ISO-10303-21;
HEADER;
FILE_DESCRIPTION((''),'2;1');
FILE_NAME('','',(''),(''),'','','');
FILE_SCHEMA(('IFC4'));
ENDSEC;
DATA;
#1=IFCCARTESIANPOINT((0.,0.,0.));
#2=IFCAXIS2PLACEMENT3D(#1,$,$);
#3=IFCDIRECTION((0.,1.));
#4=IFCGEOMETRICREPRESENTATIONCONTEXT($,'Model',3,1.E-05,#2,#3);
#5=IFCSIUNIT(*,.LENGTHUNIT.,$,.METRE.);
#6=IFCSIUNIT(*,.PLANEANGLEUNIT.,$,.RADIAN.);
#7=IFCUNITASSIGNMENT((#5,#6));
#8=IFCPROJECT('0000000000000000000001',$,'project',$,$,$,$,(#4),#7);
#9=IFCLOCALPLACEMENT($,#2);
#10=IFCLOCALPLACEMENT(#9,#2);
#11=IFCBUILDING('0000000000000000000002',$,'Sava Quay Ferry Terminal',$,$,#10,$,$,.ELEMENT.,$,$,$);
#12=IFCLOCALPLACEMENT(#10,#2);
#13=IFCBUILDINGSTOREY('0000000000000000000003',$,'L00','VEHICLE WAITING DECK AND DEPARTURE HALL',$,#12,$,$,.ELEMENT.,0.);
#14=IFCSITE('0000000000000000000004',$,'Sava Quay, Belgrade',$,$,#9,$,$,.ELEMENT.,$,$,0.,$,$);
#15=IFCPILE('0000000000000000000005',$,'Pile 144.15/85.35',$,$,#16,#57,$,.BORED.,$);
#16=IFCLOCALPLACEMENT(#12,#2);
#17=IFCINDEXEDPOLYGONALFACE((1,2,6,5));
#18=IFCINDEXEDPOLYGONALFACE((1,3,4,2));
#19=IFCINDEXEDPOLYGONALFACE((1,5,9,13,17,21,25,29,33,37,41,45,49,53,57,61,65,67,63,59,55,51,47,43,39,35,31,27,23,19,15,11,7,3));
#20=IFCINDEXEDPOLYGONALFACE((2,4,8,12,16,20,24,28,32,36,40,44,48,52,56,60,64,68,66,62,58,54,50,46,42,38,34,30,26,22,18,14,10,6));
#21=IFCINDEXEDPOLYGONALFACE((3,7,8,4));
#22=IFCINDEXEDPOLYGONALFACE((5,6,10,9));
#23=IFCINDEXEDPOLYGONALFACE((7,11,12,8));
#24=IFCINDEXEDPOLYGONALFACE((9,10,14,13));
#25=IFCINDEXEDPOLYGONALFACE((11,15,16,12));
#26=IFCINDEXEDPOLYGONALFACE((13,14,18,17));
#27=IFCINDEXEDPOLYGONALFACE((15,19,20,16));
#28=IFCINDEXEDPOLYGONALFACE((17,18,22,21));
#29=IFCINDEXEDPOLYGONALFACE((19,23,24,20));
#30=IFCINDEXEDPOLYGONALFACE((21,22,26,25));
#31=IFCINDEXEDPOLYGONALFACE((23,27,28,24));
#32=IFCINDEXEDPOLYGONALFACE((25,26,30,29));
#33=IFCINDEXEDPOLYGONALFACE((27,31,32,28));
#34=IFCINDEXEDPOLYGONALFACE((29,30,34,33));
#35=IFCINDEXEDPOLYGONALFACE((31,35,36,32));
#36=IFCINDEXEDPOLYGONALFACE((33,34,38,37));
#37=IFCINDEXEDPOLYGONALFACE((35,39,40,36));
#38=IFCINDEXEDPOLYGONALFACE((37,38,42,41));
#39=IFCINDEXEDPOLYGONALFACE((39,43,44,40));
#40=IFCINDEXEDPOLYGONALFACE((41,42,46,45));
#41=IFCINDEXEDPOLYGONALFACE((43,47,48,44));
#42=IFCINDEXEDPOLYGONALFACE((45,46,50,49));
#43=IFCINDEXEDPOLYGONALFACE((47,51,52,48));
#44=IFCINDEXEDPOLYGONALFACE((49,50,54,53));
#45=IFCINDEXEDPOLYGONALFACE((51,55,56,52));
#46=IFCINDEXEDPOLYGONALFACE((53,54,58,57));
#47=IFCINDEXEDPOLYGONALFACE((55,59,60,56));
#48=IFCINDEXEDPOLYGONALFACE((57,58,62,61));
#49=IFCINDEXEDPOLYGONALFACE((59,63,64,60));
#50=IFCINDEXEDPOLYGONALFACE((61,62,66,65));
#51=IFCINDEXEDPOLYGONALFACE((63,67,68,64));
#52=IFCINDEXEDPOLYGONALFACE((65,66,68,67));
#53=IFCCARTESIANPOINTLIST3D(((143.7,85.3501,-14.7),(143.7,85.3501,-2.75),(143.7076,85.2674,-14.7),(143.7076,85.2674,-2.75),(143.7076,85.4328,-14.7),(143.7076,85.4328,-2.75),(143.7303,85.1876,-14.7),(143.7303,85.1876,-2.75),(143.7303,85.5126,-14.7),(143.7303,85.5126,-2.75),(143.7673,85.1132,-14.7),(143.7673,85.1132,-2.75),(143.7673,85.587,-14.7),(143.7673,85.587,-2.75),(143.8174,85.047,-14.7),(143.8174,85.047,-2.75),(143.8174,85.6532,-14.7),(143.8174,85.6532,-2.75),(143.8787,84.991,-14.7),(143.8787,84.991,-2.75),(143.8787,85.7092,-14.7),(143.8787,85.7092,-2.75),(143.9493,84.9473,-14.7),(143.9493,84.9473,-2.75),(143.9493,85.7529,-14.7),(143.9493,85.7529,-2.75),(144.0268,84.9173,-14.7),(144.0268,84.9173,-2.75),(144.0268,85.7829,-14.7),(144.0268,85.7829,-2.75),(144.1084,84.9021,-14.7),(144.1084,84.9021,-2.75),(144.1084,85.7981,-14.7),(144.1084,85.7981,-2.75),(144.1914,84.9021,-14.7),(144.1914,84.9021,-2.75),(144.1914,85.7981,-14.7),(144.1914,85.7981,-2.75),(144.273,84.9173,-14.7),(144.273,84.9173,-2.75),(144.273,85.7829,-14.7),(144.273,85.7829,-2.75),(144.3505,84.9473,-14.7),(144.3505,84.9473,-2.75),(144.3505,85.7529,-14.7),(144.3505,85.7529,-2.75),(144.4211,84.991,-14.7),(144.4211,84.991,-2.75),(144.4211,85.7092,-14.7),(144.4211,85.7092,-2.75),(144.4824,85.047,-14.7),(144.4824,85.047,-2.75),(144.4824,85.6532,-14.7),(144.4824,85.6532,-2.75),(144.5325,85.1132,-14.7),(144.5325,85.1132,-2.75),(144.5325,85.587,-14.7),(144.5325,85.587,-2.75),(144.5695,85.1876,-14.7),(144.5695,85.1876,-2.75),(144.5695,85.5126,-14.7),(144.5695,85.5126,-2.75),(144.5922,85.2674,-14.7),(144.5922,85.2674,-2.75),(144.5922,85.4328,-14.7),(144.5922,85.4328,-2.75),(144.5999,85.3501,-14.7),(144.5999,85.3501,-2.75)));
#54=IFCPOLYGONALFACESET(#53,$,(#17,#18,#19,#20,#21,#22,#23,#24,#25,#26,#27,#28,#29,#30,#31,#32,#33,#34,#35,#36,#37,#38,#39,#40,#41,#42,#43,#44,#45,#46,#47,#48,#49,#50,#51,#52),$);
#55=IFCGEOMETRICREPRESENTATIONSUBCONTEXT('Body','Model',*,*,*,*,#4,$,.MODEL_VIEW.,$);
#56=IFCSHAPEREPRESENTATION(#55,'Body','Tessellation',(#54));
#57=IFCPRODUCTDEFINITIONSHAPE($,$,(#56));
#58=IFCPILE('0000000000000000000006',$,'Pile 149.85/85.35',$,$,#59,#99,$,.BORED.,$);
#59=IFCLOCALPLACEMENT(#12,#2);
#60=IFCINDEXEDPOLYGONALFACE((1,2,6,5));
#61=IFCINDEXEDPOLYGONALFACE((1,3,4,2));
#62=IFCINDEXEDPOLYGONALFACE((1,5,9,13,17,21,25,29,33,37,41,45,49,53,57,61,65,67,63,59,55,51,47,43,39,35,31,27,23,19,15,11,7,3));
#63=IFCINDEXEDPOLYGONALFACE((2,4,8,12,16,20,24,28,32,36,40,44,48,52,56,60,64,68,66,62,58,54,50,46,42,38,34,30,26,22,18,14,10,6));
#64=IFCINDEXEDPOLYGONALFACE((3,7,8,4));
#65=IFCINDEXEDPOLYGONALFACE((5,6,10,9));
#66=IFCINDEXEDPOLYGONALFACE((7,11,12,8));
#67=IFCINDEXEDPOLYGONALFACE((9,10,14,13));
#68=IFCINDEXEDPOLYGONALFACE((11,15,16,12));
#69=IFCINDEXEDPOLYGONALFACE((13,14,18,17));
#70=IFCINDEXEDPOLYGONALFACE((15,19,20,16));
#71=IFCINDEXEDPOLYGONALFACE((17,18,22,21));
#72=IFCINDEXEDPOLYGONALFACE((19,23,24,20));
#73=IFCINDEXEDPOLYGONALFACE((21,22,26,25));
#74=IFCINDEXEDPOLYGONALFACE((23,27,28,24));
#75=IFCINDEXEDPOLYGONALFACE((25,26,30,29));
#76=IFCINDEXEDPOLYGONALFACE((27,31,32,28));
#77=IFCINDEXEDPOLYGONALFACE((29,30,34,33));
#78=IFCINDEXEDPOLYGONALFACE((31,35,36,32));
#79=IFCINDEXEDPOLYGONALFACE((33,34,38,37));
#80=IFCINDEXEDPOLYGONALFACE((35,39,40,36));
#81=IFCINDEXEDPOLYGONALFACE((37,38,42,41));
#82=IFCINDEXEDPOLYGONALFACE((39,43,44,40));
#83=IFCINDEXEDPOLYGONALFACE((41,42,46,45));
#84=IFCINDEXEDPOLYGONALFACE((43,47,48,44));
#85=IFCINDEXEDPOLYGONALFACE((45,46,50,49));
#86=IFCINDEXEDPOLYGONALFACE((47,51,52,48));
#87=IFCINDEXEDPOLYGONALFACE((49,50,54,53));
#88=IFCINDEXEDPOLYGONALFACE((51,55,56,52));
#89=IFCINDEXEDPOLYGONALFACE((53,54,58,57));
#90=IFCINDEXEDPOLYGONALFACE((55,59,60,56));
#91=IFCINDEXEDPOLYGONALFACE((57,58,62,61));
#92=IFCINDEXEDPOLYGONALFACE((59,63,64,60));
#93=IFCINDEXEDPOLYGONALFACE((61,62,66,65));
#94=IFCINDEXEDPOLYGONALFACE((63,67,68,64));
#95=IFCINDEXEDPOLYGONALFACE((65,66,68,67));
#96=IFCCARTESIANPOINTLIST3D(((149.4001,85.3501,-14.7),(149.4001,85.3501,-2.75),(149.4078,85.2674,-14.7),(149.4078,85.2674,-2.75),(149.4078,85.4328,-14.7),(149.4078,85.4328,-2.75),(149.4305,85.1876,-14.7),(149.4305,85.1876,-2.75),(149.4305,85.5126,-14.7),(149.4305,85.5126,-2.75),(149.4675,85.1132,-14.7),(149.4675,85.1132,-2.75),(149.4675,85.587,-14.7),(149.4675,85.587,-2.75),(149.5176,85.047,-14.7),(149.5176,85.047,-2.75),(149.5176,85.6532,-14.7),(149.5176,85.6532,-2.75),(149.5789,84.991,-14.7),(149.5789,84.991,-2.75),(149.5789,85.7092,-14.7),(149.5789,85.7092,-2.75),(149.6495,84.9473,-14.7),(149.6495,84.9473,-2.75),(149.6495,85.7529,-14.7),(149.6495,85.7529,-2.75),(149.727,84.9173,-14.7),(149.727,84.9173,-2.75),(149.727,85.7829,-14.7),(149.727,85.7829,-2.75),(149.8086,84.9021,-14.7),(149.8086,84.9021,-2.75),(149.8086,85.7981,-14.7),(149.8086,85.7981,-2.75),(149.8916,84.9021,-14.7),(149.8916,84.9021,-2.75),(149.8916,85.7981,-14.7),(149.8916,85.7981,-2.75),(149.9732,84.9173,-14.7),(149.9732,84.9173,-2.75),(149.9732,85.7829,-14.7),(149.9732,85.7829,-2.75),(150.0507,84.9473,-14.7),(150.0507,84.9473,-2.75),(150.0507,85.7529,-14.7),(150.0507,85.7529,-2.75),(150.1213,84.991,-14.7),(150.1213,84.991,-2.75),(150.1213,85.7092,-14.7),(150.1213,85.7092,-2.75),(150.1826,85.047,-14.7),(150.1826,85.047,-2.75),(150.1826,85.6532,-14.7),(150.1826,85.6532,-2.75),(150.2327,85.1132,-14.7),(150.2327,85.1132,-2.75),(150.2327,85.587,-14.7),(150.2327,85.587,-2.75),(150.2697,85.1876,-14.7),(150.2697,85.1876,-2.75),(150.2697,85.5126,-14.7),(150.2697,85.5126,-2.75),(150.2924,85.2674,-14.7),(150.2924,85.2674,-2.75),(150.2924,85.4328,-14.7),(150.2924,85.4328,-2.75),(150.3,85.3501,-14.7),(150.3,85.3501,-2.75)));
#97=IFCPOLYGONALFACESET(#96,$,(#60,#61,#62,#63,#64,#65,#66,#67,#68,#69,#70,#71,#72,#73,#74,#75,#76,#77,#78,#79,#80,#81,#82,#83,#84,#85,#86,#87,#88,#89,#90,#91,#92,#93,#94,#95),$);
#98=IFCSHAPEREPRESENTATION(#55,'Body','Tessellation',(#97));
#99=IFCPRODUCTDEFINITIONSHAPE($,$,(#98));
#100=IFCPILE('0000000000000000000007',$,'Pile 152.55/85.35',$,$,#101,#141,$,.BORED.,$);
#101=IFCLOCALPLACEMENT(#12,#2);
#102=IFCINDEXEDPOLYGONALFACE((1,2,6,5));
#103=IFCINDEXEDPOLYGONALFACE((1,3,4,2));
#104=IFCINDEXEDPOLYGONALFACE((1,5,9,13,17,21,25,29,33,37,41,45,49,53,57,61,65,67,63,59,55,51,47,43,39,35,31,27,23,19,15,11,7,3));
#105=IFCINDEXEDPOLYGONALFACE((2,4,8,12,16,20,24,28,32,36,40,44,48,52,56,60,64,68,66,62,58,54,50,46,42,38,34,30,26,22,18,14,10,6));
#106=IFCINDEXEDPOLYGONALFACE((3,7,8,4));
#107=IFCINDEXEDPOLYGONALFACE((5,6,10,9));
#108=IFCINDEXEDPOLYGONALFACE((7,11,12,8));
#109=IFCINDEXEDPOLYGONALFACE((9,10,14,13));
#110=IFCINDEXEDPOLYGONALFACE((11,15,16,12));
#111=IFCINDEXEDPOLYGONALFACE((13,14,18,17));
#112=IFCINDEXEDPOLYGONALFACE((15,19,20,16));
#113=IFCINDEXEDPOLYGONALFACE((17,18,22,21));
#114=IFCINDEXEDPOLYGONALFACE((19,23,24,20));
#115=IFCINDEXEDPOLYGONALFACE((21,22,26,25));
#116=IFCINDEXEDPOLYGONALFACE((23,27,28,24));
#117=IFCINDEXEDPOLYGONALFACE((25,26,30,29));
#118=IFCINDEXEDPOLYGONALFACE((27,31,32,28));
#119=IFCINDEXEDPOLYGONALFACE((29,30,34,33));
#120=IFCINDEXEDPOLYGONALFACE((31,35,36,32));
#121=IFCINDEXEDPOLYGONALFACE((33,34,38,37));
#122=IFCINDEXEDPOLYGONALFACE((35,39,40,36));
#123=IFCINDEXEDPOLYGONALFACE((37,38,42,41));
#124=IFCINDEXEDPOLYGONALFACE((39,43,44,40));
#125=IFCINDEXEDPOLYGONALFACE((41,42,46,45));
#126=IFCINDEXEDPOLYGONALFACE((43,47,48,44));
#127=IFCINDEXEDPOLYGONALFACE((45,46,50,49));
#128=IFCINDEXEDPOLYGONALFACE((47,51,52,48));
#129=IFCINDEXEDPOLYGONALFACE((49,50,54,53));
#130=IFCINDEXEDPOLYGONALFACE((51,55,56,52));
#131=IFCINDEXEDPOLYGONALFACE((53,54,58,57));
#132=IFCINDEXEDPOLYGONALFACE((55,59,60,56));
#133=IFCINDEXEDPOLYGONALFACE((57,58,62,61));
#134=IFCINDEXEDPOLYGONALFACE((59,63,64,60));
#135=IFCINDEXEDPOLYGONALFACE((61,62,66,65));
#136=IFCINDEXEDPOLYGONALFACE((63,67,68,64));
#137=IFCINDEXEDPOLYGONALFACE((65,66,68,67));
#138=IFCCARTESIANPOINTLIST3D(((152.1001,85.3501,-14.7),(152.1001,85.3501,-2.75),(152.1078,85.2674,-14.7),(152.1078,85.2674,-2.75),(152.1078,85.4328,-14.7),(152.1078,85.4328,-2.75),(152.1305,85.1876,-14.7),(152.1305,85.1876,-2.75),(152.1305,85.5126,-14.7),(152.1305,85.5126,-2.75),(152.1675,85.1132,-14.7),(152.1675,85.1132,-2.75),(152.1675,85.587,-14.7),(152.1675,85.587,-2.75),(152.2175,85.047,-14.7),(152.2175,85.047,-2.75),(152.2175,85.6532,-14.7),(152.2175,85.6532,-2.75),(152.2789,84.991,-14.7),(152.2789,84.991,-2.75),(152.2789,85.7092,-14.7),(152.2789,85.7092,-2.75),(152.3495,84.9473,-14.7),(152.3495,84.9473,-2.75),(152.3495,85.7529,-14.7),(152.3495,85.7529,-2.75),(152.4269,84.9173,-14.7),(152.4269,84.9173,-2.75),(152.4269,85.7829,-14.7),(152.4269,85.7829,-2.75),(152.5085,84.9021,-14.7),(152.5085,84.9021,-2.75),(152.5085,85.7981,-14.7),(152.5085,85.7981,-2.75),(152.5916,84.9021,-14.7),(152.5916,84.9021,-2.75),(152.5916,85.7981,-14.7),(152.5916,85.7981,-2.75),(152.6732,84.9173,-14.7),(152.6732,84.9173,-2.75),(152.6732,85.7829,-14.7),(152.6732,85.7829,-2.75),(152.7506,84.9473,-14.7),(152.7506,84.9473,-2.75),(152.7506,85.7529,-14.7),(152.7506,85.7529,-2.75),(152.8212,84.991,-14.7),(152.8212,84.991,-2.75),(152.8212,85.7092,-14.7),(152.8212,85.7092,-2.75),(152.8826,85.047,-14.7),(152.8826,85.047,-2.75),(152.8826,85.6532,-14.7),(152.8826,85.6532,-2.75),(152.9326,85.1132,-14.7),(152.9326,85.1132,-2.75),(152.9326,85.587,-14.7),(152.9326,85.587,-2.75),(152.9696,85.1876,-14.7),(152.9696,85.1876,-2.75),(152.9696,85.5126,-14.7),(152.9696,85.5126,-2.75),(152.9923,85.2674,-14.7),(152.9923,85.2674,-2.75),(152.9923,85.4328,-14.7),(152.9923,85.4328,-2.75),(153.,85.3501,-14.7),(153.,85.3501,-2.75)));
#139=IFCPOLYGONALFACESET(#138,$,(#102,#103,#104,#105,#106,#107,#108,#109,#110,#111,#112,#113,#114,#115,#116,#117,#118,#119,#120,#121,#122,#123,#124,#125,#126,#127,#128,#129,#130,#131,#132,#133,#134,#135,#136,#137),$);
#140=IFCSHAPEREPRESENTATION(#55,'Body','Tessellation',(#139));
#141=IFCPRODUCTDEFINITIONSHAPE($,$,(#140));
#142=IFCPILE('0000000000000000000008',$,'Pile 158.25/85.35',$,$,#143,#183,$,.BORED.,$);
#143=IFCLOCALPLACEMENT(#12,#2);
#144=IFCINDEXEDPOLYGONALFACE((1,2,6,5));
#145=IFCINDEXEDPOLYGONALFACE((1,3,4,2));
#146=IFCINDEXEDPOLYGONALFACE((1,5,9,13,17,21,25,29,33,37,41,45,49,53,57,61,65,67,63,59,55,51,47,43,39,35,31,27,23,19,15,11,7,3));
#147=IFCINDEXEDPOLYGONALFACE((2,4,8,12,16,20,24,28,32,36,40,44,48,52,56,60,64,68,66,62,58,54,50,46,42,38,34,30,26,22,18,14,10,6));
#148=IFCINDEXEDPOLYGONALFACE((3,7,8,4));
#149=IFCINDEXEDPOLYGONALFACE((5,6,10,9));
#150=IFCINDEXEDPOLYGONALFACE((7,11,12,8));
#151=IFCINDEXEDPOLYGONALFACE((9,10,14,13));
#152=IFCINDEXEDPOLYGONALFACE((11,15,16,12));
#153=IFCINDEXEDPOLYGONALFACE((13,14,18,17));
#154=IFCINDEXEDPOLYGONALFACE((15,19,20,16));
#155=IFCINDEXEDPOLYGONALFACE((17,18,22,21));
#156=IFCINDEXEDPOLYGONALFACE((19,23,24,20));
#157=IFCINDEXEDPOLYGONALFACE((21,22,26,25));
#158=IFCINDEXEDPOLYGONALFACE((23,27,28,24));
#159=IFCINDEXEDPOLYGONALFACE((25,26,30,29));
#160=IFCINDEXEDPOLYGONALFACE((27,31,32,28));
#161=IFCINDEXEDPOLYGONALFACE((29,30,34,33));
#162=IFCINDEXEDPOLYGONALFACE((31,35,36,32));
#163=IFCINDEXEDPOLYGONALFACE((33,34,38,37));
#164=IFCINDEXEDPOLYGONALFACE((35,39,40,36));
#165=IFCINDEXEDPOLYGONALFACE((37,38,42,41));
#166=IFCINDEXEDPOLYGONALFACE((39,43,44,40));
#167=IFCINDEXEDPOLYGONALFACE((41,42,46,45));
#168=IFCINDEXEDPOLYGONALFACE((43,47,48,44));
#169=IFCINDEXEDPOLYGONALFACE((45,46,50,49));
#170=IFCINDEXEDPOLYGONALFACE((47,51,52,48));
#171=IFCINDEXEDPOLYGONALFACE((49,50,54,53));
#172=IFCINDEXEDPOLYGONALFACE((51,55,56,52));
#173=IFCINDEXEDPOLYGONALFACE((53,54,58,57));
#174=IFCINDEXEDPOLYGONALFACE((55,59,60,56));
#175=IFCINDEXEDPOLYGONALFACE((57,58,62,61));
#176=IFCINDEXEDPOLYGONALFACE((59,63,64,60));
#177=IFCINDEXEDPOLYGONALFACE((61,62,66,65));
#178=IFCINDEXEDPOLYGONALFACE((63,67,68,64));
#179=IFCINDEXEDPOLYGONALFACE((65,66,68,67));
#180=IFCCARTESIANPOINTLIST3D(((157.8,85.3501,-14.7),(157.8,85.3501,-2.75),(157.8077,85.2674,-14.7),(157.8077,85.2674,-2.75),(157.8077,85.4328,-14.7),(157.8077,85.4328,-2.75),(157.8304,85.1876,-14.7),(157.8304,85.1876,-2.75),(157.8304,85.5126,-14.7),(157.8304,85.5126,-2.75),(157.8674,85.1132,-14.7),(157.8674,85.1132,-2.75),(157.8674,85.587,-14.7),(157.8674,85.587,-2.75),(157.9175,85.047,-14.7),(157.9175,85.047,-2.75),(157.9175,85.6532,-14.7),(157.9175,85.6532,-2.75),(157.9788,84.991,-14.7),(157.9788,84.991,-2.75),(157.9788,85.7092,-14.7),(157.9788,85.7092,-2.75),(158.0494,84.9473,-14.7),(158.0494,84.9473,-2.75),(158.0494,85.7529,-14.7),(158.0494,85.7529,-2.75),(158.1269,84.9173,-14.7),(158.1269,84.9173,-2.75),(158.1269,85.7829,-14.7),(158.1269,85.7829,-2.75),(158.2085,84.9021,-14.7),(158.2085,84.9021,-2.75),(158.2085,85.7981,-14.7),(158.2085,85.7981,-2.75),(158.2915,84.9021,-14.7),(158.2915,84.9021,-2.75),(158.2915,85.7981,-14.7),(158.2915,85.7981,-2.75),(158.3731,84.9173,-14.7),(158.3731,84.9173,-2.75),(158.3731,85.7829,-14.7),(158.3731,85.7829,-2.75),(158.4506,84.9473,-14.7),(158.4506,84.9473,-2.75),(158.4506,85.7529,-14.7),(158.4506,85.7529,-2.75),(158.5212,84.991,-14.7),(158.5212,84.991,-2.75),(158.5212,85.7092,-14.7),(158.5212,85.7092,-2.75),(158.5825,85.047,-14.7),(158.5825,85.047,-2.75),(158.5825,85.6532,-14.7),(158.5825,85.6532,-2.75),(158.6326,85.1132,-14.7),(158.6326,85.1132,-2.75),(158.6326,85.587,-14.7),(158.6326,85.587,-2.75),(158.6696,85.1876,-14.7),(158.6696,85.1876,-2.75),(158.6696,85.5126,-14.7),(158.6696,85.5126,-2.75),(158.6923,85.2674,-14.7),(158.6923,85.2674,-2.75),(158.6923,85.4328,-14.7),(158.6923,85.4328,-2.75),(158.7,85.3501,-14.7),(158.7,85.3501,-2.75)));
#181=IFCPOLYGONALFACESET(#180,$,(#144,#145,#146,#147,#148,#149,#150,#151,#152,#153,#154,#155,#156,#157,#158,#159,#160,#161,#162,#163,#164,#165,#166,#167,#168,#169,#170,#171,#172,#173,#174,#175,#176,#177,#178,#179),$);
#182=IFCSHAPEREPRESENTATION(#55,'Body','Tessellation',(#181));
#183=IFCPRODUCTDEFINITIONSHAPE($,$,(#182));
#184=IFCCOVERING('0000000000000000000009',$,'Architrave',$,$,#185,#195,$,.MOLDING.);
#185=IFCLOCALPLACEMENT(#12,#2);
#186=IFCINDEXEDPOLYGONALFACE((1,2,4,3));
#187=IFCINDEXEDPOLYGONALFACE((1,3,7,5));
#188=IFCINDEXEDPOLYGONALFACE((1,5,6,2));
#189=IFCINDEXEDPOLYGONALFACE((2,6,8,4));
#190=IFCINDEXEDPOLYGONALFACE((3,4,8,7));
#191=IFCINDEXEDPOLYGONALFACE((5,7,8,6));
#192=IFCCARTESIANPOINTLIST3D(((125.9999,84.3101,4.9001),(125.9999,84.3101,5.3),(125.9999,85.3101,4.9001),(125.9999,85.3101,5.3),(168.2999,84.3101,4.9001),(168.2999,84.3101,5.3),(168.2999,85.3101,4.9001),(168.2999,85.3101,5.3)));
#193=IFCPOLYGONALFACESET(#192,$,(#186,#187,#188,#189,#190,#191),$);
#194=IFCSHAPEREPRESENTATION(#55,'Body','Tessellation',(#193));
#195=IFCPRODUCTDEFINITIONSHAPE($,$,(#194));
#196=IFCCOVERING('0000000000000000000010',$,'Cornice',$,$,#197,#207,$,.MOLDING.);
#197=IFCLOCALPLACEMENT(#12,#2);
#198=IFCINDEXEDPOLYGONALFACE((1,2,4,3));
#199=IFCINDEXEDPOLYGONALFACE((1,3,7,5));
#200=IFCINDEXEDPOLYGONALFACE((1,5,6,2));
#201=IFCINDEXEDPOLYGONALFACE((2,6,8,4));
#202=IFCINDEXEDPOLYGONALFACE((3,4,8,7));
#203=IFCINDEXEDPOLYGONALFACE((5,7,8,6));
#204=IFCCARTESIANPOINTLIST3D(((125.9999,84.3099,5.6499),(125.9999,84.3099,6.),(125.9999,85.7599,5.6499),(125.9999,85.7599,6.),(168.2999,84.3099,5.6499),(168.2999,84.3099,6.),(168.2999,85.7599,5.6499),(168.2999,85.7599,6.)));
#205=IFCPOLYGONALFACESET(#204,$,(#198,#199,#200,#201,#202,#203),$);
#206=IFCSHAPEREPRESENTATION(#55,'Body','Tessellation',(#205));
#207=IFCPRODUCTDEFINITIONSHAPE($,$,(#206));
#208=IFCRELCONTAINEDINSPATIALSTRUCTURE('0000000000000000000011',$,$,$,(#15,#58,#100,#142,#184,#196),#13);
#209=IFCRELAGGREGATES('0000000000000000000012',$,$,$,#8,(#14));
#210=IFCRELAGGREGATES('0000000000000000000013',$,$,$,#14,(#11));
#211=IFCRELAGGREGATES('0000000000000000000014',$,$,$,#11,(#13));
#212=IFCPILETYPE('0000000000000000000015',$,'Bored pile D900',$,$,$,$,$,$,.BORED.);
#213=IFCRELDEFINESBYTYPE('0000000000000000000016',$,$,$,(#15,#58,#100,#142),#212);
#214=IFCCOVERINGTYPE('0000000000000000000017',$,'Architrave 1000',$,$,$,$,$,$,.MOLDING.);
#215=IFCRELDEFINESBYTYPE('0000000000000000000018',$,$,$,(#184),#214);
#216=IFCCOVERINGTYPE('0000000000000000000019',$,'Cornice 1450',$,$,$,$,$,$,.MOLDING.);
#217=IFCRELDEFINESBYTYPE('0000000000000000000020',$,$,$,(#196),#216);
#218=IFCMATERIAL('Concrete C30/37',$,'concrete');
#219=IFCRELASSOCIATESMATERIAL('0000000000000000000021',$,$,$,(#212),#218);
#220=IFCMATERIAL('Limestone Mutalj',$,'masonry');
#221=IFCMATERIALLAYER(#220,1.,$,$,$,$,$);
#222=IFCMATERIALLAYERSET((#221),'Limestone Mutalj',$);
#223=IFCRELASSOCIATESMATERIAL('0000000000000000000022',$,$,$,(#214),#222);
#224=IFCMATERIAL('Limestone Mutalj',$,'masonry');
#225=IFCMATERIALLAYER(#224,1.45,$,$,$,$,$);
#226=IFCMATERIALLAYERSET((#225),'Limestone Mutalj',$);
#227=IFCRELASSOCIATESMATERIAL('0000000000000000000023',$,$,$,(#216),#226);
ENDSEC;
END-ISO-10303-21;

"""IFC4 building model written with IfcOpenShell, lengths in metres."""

from ifc_helpers import new_model, si_unit, direction, frame, origin, origin_2d, place, context, subcontext, project, spatial, rectangle, circle, extrude, material, layer, layer_set, material_profile, profile_set, type_object, element, save


model = new_model("IFC4")

# Units and contexts
model_context = context("Model", 3, precision=1e-05, world=origin(), true_north=direction((0.0, 1.0)))
body_context = subcontext(model_context, "Body", "Model", "MODEL_VIEW")
ifc_project = project(units=[si_unit("LENGTHUNIT", "METRE"), si_unit("PLANEANGLEUNIT", "RADIAN")], contexts=[model_context])

# Site, building, storey
site_placement = place(None, origin())
site = spatial("IfcSite", under=ifc_project, at=site_placement, Name="Sava Quay, Belgrade", CompositionType="ELEMENT", RefElevation=0.0)
building_placement = place(site_placement, origin())
building = spatial("IfcBuilding", under=site, at=building_placement, Name="Sava Quay Ferry Terminal", CompositionType="ELEMENT")
storey_placement = place(building_placement, origin())
storey = spatial("IfcBuildingStorey", under=building, at=storey_placement, Name="L00", Description="VEHICLE WAITING DECK AND DEPARTURE HALL", CompositionType="ELEMENT", Elevation=0.0)

# Piles
ifc_material_1 = material(Name="Concrete C30/37", Category="concrete")
ifc_material_profile = material_profile(ifc_material_1, circle(Radius=0.45, at=origin_2d()), Name="Bored pile D900")
ifc_profile_set = profile_set([ifc_material_profile], Name="Concrete C30/37")
pile_type = type_object("IfcPileType", Name="Bored pile D900", PredefinedType="BORED", material=ifc_profile_set)
for number, where, z_axis, x_axis, name in (
    (1, (144.1499, 85.3501, -2.75), (0.0, 0.0, -1.0), (1.0, 0.0, 0.0), "Pile 144.15/85.35"),
    (2, (149.8501, 85.3501, -2.75), (0.0, 0.0, -1.0), (1.0, 0.0, 0.0), "Pile 149.85/85.35"),
    (3, (152.55, 85.3501, -2.75), (0.0, 0.0, -1.0), (1.0, 0.0, 0.0), "Pile 152.55/85.35"),
    (4, (158.25, 85.3501, -2.75), (0.0, 0.0, -1.0), (1.0, 0.0, 0.0), "Pile 158.25/85.35"),
):
    element("IfcPile", number, at=place(storey_placement, frame(where, z_axis=z_axis, x_axis=x_axis)), inside=storey, type_object=pile_type, Name=name, PredefinedType="BORED", context=body_context, shape_type="SweptSolid", body=[
        extrude(circle(Radius=0.45, at=origin_2d()), origin(), (0.0, 0.0, 1.0), 11.95),
    ])

# Coverings
ifc_material_2 = material(Name="Limestone Mutalj", Category="masonry")
ifc_layer_1 = layer(ifc_material_2, 1.0)
ifc_layer_set_1 = layer_set([ifc_layer_1], Name="Limestone Mutalj")
covering_type_1 = type_object("IfcCoveringType", Name="Architrave 1000", PredefinedType="MOLDING", material=ifc_layer_set_1)
covering_1_placement = place(storey_placement, frame((147.1499, 84.8101, 4.9001), z_axis=(0.0, 0.0, 1.0), x_axis=(1.0, 0.0, 0.0)))
element("IfcCovering", 5, at=covering_1_placement, inside=storey, type_object=covering_type_1, Name="Architrave", PredefinedType="MOLDING", context=body_context, shape_type="SweptSolid", body=[
    extrude(rectangle(XDim=42.3, YDim=1.0, at=origin_2d()), origin(), (0.0, 0.0, 1.0), 0.3999),
])
ifc_material_3 = material(Name="Limestone Mutalj", Category="masonry")
ifc_layer_2 = layer(ifc_material_3, 1.45)
ifc_layer_set_2 = layer_set([ifc_layer_2], Name="Limestone Mutalj")
covering_type_2 = type_object("IfcCoveringType", Name="Cornice 1450", PredefinedType="MOLDING", material=ifc_layer_set_2)
covering_2_placement = place(storey_placement, frame((147.1499, 85.0349, 5.6499), z_axis=(0.0, 0.0, 1.0), x_axis=(1.0, 0.0, 0.0)))
element("IfcCovering", 6, at=covering_2_placement, inside=storey, type_object=covering_type_2, Name="Cornice", PredefinedType="MOLDING", context=body_context, shape_type="SweptSolid", body=[
    extrude(rectangle(XDim=42.3, YDim=1.45, at=origin_2d()), origin(), (0.0, 0.0, 1.0), 0.3501),
])

save(model, "model.ifc")
